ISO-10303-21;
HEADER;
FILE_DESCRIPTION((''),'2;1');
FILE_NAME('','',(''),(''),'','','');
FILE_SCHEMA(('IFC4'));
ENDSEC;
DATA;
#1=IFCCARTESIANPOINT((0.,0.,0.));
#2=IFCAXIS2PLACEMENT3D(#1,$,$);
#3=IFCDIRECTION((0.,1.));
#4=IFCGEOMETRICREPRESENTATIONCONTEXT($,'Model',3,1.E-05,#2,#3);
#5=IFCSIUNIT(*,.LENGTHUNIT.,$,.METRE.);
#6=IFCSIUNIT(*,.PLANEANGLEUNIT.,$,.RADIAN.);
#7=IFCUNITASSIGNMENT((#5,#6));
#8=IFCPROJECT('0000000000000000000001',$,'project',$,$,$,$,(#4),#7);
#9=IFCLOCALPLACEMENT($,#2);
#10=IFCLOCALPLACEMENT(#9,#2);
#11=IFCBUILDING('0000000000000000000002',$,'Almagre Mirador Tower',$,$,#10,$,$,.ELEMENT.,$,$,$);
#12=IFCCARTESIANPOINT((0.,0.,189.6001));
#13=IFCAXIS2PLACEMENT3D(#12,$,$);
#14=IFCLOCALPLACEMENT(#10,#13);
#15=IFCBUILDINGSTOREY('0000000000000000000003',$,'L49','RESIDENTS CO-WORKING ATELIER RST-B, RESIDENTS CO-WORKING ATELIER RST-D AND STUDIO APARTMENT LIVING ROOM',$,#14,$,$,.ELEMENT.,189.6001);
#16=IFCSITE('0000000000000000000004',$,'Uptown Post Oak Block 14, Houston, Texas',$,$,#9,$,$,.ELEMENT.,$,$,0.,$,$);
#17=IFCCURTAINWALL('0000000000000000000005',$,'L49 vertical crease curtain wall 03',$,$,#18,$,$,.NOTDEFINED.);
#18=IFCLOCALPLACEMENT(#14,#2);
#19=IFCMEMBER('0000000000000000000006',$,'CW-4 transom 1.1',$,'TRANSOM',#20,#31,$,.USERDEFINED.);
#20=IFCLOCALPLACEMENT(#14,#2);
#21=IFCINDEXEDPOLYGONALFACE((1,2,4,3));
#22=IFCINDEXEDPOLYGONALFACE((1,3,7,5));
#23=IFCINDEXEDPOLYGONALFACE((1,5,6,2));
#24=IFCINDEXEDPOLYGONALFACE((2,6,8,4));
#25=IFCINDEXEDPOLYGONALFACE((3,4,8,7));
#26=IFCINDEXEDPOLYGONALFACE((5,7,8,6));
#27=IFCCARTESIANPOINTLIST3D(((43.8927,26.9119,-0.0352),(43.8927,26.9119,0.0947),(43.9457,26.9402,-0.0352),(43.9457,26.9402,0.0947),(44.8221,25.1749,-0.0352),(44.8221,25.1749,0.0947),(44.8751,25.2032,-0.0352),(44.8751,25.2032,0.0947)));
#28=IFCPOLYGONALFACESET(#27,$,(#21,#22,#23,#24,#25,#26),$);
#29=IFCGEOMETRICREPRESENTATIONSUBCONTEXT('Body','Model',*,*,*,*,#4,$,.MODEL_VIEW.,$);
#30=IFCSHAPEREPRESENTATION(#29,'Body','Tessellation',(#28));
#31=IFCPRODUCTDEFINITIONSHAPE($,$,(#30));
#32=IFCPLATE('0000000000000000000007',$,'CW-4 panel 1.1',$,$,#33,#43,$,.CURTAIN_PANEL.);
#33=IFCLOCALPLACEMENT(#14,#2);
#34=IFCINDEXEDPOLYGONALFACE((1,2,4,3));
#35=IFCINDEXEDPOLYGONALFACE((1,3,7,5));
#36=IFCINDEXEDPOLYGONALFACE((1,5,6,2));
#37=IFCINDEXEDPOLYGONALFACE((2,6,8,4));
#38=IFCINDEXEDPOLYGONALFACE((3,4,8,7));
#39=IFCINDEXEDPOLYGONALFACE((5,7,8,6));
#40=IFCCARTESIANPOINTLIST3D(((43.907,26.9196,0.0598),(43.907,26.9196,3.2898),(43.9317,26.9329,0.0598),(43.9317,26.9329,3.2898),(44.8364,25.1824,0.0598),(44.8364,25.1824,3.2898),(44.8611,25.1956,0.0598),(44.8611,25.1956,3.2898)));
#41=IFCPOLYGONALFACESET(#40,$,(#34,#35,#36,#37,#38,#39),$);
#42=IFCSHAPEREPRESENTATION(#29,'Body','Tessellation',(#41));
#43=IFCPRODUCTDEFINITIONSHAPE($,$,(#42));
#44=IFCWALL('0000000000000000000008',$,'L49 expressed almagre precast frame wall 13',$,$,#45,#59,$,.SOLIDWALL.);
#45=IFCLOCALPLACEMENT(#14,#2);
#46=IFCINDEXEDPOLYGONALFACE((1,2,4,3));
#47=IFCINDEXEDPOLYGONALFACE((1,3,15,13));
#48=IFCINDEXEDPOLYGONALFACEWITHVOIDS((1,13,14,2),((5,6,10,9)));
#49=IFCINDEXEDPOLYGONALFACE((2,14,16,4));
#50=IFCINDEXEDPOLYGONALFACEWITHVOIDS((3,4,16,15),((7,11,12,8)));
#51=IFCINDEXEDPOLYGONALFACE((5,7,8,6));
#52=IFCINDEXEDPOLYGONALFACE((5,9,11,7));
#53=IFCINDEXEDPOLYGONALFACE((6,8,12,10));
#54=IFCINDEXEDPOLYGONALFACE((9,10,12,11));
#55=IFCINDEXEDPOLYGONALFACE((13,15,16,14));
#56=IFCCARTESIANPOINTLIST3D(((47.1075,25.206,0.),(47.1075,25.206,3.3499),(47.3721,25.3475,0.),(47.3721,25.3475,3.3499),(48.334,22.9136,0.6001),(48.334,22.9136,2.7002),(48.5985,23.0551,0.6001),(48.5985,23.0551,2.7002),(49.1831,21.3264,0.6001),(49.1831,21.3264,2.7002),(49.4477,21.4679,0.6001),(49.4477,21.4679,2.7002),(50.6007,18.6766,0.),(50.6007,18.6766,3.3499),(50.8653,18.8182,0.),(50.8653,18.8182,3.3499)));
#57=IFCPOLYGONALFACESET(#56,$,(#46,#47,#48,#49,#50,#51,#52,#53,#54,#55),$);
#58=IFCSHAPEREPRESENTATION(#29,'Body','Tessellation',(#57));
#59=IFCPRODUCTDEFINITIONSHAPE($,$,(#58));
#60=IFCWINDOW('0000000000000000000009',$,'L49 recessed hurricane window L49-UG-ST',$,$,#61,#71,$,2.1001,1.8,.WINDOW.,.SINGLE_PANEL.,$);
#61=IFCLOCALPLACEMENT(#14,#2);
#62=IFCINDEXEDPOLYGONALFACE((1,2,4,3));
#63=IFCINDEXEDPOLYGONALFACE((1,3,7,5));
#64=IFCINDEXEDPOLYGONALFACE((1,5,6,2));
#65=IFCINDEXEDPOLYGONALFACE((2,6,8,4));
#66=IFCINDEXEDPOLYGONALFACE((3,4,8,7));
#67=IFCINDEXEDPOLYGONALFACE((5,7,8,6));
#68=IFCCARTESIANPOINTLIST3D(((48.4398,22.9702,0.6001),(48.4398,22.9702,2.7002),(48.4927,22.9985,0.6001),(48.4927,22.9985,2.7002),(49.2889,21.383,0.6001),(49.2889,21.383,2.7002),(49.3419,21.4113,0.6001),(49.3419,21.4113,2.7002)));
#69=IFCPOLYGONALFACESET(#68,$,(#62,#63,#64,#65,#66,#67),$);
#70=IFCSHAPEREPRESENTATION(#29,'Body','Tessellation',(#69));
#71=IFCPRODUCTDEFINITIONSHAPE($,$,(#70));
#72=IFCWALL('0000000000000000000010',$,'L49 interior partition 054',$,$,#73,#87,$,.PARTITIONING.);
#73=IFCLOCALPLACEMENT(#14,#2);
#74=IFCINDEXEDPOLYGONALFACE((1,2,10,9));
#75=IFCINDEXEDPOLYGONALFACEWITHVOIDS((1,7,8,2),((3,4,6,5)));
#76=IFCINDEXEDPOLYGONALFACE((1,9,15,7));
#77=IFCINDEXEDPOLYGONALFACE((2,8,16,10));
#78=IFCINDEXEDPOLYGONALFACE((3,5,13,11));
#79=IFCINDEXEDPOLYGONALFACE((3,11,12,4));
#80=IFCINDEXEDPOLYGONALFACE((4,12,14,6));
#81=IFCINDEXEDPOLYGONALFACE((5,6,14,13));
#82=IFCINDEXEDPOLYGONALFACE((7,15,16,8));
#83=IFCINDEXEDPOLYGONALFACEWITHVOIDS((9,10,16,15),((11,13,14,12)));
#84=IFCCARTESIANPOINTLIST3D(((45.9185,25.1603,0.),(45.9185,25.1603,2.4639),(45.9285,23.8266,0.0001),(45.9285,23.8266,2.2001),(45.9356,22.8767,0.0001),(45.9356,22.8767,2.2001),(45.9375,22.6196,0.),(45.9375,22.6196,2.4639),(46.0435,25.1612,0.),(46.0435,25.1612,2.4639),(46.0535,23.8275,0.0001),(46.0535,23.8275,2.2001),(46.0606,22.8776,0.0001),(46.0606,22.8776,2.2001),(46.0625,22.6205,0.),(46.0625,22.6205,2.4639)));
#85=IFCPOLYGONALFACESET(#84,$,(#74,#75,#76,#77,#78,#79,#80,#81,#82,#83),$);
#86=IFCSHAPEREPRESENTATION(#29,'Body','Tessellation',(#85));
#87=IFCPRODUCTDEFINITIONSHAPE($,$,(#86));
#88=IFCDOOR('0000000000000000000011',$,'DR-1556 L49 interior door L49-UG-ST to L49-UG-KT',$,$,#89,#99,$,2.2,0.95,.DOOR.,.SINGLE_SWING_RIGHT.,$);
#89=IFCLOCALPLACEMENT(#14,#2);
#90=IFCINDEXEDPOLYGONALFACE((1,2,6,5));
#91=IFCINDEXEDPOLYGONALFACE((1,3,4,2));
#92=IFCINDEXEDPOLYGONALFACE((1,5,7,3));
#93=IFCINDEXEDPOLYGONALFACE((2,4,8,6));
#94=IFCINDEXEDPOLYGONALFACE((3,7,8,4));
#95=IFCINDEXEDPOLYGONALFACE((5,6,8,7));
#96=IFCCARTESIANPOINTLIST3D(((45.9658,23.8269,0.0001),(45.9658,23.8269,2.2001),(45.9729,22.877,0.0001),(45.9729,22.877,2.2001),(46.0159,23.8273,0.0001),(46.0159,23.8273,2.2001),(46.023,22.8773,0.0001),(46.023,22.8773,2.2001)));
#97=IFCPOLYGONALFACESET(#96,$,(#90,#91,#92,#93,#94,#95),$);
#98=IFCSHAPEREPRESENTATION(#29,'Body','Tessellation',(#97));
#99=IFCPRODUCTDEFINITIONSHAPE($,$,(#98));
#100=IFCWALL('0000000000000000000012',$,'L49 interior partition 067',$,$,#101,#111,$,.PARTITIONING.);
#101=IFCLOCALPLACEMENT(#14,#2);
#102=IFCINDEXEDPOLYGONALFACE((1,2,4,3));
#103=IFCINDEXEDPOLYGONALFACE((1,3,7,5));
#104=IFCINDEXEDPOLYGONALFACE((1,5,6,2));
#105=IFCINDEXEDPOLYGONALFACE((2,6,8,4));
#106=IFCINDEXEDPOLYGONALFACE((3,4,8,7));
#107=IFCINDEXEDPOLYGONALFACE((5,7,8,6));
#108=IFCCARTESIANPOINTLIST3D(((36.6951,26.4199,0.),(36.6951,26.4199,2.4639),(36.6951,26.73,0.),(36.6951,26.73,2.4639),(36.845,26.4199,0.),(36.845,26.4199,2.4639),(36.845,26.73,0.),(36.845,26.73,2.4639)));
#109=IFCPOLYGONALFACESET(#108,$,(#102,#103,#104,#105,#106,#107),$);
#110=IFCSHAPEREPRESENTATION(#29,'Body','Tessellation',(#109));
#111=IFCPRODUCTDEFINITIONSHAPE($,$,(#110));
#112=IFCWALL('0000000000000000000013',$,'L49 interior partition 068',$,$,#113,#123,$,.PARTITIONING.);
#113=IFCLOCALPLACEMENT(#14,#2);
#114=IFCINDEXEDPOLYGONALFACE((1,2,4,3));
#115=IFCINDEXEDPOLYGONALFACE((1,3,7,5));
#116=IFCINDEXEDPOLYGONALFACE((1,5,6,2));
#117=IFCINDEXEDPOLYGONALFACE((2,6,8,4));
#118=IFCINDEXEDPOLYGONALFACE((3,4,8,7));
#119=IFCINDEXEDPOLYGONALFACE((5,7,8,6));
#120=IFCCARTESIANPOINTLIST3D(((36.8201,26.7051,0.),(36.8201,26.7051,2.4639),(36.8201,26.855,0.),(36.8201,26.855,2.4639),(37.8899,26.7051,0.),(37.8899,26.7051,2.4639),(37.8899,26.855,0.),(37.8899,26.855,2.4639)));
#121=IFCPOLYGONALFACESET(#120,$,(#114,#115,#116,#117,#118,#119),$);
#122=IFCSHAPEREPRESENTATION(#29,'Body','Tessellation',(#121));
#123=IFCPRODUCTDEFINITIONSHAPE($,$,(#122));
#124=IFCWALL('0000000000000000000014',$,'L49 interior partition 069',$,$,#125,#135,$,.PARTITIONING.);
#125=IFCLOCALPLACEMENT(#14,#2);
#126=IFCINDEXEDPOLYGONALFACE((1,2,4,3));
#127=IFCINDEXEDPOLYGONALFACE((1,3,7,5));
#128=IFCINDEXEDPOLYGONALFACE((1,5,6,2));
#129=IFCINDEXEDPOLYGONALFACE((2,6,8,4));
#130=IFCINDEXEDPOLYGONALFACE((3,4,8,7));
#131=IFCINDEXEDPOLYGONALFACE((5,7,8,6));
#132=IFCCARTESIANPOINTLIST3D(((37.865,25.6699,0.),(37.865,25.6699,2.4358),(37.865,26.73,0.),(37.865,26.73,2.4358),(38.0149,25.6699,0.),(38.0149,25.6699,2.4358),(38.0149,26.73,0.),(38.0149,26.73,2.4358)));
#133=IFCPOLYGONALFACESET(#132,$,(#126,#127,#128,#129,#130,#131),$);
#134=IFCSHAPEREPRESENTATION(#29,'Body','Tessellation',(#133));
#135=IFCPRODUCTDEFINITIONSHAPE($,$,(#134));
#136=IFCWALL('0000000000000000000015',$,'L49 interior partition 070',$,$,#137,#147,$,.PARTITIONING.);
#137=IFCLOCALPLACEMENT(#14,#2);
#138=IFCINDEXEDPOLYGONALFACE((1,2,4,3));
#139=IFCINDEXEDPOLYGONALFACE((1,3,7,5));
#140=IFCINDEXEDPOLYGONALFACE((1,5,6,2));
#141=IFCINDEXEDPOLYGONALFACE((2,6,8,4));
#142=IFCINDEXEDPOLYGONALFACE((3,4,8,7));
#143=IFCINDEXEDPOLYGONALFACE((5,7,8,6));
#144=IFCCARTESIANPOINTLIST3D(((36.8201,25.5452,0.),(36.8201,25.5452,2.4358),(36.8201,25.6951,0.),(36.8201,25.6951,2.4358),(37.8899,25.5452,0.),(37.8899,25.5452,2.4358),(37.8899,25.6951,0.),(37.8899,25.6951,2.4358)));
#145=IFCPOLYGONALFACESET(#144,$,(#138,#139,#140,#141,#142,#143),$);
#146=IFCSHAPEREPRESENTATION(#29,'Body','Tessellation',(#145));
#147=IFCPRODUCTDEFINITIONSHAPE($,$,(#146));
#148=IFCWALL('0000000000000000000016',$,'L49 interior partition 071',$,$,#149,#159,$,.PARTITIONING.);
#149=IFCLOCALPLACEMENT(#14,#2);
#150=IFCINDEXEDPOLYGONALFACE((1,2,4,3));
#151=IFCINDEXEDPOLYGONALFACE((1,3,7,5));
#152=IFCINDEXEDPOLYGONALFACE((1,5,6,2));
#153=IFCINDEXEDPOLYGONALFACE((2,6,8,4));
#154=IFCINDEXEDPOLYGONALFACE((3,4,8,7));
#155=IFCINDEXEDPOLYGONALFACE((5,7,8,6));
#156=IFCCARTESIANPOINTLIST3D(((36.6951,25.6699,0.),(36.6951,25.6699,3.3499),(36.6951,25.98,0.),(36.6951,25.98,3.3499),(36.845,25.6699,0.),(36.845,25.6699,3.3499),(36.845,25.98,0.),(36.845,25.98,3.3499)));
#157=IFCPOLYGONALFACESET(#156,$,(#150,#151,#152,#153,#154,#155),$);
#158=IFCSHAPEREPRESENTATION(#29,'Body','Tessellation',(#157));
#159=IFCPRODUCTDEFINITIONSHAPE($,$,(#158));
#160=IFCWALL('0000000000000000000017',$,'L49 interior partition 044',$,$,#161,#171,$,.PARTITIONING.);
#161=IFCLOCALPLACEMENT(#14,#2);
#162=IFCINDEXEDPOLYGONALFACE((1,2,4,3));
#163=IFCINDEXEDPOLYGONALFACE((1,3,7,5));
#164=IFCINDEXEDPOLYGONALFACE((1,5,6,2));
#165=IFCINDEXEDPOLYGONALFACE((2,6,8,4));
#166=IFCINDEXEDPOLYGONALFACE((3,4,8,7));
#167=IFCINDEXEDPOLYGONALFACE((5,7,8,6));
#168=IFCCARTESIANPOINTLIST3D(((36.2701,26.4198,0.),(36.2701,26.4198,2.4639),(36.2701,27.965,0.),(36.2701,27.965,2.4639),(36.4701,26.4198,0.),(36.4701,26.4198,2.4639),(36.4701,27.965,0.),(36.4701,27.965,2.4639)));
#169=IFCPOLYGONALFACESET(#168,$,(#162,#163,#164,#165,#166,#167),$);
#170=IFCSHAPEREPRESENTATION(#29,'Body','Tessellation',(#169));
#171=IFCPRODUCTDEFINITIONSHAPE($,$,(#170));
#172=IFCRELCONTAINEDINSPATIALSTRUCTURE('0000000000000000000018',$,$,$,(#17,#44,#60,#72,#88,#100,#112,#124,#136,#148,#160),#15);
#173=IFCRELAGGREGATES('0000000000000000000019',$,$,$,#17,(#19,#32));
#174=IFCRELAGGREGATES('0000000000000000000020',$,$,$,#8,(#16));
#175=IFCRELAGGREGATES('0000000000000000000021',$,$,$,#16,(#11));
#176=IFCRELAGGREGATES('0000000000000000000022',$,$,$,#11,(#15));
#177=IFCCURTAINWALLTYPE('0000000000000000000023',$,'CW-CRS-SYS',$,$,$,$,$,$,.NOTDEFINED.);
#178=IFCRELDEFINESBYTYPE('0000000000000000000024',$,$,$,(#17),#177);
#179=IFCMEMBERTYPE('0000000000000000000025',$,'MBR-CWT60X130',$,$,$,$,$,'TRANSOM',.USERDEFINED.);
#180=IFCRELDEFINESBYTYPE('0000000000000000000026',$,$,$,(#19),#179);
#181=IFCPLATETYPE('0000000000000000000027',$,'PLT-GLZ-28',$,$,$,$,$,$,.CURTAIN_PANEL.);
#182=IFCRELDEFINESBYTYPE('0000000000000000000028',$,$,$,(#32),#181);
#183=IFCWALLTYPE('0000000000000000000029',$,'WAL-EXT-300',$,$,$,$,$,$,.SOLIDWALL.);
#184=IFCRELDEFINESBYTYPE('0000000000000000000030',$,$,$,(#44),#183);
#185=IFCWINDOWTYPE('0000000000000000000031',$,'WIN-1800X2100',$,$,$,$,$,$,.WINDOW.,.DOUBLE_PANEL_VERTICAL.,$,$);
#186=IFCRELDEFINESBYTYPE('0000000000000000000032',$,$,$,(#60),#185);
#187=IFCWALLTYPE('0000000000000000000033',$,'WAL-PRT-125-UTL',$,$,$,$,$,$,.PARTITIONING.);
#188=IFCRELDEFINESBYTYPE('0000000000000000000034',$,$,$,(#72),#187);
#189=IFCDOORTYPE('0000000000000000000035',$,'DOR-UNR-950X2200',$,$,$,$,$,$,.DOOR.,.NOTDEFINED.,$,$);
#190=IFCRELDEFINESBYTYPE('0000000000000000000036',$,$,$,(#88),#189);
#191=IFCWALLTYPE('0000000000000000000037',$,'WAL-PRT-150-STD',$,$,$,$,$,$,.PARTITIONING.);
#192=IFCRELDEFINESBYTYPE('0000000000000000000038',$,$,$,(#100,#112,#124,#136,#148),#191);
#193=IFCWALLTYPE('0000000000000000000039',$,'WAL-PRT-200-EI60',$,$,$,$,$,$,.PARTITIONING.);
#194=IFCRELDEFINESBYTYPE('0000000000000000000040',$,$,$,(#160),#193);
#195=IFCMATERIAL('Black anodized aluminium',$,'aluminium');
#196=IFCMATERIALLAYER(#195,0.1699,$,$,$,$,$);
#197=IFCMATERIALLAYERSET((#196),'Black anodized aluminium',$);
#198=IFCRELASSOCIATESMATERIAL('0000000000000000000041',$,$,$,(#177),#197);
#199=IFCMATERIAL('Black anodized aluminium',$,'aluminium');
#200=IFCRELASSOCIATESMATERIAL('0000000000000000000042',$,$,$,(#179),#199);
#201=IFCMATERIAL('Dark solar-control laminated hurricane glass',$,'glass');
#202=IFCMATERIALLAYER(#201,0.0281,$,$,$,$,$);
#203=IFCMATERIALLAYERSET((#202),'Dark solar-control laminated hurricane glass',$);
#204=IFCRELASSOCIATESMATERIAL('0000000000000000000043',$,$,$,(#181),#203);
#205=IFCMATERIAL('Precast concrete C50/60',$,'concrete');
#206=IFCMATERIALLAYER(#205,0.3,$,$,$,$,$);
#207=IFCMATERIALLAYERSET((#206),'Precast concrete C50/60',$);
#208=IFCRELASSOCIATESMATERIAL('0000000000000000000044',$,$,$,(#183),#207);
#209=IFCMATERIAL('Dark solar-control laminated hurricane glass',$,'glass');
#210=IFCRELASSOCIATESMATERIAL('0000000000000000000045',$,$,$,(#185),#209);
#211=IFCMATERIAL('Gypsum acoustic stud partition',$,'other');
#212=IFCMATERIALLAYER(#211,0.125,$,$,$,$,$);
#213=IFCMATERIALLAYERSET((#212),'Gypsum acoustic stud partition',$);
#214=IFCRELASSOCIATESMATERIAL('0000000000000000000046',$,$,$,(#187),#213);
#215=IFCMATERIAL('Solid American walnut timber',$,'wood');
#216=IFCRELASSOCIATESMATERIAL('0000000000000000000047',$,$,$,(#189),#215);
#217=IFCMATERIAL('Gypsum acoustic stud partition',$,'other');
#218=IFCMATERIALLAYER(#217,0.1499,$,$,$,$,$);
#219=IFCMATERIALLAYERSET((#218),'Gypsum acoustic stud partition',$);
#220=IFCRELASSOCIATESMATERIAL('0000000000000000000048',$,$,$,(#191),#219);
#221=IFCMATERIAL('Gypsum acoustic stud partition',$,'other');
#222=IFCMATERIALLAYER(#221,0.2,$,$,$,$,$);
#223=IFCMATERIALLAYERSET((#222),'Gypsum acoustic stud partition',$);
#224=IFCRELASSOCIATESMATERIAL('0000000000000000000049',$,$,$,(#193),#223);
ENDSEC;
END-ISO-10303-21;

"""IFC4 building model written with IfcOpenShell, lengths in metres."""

from ifc_helpers import new_model, si_unit, direction, frame, frame_2d, origin, origin_2d, place, context, subcontext, project, spatial, rectangle, extrude, material, layer, layer_set, material_profile, profile_set, type_object, element, fill, aggregate, save


model = new_model("IFC4")

# Units and contexts
model_context = context("Model", 3, precision=1e-05, world=origin(), true_north=direction((0.0, 1.0)))
body_context = subcontext(model_context, "Body", "Model", "MODEL_VIEW")
ifc_project = project(units=[si_unit("LENGTHUNIT", "METRE"), si_unit("PLANEANGLEUNIT", "RADIAN")], contexts=[model_context])

# Site, building, storey
site_placement = place(None, origin())
site = spatial("IfcSite", under=ifc_project, at=site_placement, Name="Uptown Post Oak Block 14, Houston, Texas", CompositionType="ELEMENT", RefElevation=0.0)
building_placement = place(site_placement, origin())
building = spatial("IfcBuilding", under=site, at=building_placement, Name="Almagre Mirador Tower", CompositionType="ELEMENT")
storey_placement = place(building_placement, frame((0.0, 0.0, 189.6001)))
storey = spatial("IfcBuildingStorey", under=building, at=storey_placement, Name="L49", Description="RESIDENTS CO-WORKING ATELIER RST-B, RESIDENTS CO-WORKING ATELIER RST-D AND STUDIO APARTMENT LIVING ROOM", CompositionType="ELEMENT", Elevation=189.6001)

# Curtain wall, member, plate
ifc_material_1 = material(Name="Black anodized aluminium", Category="aluminium")
ifc_layer_1 = layer(ifc_material_1, 0.1699)
ifc_layer_set_1 = layer_set([ifc_layer_1], Name="Black anodized aluminium")
curtain_wall_type = type_object("IfcCurtainWallType", Name="CW-CRS-SYS", PredefinedType="NOTDEFINED", material=ifc_layer_set_1)
curtain_wall_placement = place(storey_placement, origin())
curtain_wall = element("IfcCurtainWall", 1, at=curtain_wall_placement, inside=storey, type_object=curtain_wall_type, Name="L49 vertical crease curtain wall 03", PredefinedType="NOTDEFINED")
ifc_material_2 = material(Name="Black anodized aluminium", Category="aluminium")
ifc_material_profile_1 = material_profile(ifc_material_2, rectangle(XDim=0.0601, YDim=0.1299, at=origin_2d()), Name="CWT60X130")
ifc_profile_set_1 = profile_set([ifc_material_profile_1], Name="Black anodized aluminium")
member_type_1 = type_object("IfcMemberType", Name="MBR-CWT60X130", ElementType="TRANSOM", PredefinedType="USERDEFINED", material=ifc_profile_set_1)
member_1_placement = place(storey_placement, frame((43.9192, 26.926, 0.0298), z_axis=(0.471778, -0.881718, 0.0), x_axis=(0.881718, 0.471778, 0.0)))
member_1 = element("IfcMember", 2, at=member_1_placement, type_object=member_type_1, Name="CW-4 transom 1.1", ObjectType="TRANSOM", PredefinedType="USERDEFINED", context=body_context, shape_type="SweptSolid", body=[
    extrude(rectangle(XDim=0.0601, YDim=0.1299, at=origin_2d()), origin(), (0.0, 0.0, 1.0), 1.97),
])
ifc_material_3 = material(Name="Dark solar-control laminated hurricane glass", Category="glass")
ifc_layer_2 = layer(ifc_material_3, 0.0281)
ifc_layer_set_2 = layer_set([ifc_layer_2], Name="Dark solar-control laminated hurricane glass")
plate_type = type_object("IfcPlateType", Name="PLT-GLZ-28", PredefinedType="CURTAIN_PANEL", material=ifc_layer_set_2)
plate_placement = place(storey_placement, frame((44.384, 26.0576, 0.0598), z_axis=(0.0, 0.0, 1.0), x_axis=(0.47173, -0.881743, 0.0)))
plate = element("IfcPlate", 3, at=plate_placement, type_object=plate_type, Name="CW-4 panel 1.1", PredefinedType="CURTAIN_PANEL", context=body_context, shape_type="SweptSolid", body=[
    extrude(rectangle(XDim=1.9702, YDim=0.0281, at=origin_2d()), origin(), (0.0, 0.0, 1.0), 3.23),
])
aggregate(curtain_wall, [member_1, plate])

# Wall, opening, window
ifc_material_4 = material(Name="Precast concrete C50/60", Category="concrete")
ifc_layer_3 = layer(ifc_material_4, 0.3)
ifc_layer_set_3 = layer_set([ifc_layer_3], Name="Precast concrete C50/60")
wall_type_1 = type_object("IfcWallType", Name="WAL-EXT-300", PredefinedType="SOLIDWALL", material=ifc_layer_set_3)
wall_1_placement = place(storey_placement, frame((47.2397, 25.2769, 0.0), z_axis=(0.0, 0.0, 1.0), x_axis=(0.471731, -0.881743, 0.0)))
wall_1 = element("IfcWall", 4, at=wall_1_placement, inside=storey, type_object=wall_type_1, Name="L49 expressed almagre precast frame wall 13", PredefinedType="SOLIDWALL", context=body_context, shape_type="SweptSolid", body=[
    extrude(rectangle(XDim=7.405, YDim=0.3, at=frame_2d((3.7026, 0.0))), origin(), (0.0, 0.0, 1.0), 3.3499),
])
opening_1_placement = place(wall_1_placement, frame((2.6001, 0.0, 0.6001)))
opening_1 = element("IfcOpeningElement", 5, at=opening_1_placement, cuts=wall_1, PredefinedType="OPENING", context=body_context, shape_type="SweptSolid", body=[
    extrude(rectangle(XDim=1.8, YDim=2.1001, at=frame_2d((0.8999, 1.05))), frame((0.0, 0.1599, 0.0), z_axis=(0.0, -1.0, 0.0), x_axis=(1.0, 0.0, 0.0)), (0.0, 0.0, 1.0), 0.32),
])
ifc_material_5 = material(Name="Dark solar-control laminated hurricane glass", Category="glass")
window_type = type_object("IfcWindowType", Name="WIN-1800X2100", PartitioningType="DOUBLE_PANEL_VERTICAL", PredefinedType="WINDOW", material=ifc_material_5)
window_placement = place(opening_1_placement, origin())
window = element("IfcWindow", 6, at=window_placement, inside=storey, type_object=window_type, Name="L49 recessed hurricane window L49-UG-ST", OverallHeight=2.1001, OverallWidth=1.8, PartitioningType="SINGLE_PANEL", PredefinedType="WINDOW", context=body_context, shape_type="SweptSolid", body=[
    extrude(rectangle(XDim=1.8, YDim=2.1001, at=frame_2d((0.8999, 1.05))), frame((0.0, 0.03, 0.0), z_axis=(0.0, -1.0, 0.0), x_axis=(1.0, 0.0, 0.0)), (0.0, 0.0, 1.0), 0.0601),
])
fill(opening_1, window)

# Wall, opening, door
ifc_material_6 = material(Name="Gypsum acoustic stud partition", Category="other")
ifc_layer_4 = layer(ifc_material_6, 0.125)
ifc_layer_set_4 = layer_set([ifc_layer_4], Name="Gypsum acoustic stud partition")
wall_type_2 = type_object("IfcWallType", Name="WAL-PRT-125-UTL", PredefinedType="PARTITIONING", material=ifc_layer_set_4)
wall_2_placement = place(storey_placement, frame((45.981, 25.1609, 0.0), z_axis=(0.0, 0.0, 1.0), x_axis=(0.007495, -0.999972, 0.0)))
wall_2 = element("IfcWall", 7, at=wall_2_placement, inside=storey, type_object=wall_type_2, Name="L49 interior partition 054", PredefinedType="PARTITIONING", context=body_context, shape_type="SweptSolid", body=[
    extrude(rectangle(XDim=2.5408, YDim=0.125, at=frame_2d((1.2705, 0.0))), origin(), (0.0, 0.0, 1.0), 2.4639),
])
opening_2_placement = place(wall_2_placement, frame((1.3337, 0.0, 0.0)))
opening_2 = element("IfcOpeningElement", 8, at=opening_2_placement, cuts=wall_2, PredefinedType="OPENING", context=body_context, shape_type="SweptSolid", body=[
    extrude(rectangle(XDim=0.95, YDim=2.2, at=frame_2d((0.4751, 1.1001))), frame((0.0, 0.0725, 0.0), z_axis=(0.0, -1.0, 0.0), x_axis=(1.0, 0.0, 0.0)), (0.0, 0.0, 1.0), 0.145),
])
ifc_material_7 = material(Name="Solid American walnut timber", Category="wood")
door_type = type_object("IfcDoorType", Name="DOR-UNR-950X2200", OperationType="NOTDEFINED", PredefinedType="DOOR", material=ifc_material_7)
door_placement = place(opening_2_placement, origin())
door = element("IfcDoor", 9, at=door_placement, inside=storey, type_object=door_type, Name="DR-1556 L49 interior door L49-UG-ST to L49-UG-KT", OperationType="SINGLE_SWING_RIGHT", OverallHeight=2.2, OverallWidth=0.95, PredefinedType="DOOR", context=body_context, shape_type="SweptSolid", body=[
    extrude(rectangle(XDim=0.95, YDim=2.2, at=frame_2d((0.4751, 1.1001))), frame((0.0, 0.0249, 0.0), z_axis=(0.0, -1.0, 0.0), x_axis=(1.0, 0.0, 0.0)), (0.0, 0.0, 1.0), 0.05),
])
fill(opening_2, door)

# Walls
ifc_material_8 = material(Name="Gypsum acoustic stud partition", Category="other")
ifc_layer_5 = layer(ifc_material_8, 0.1499)
ifc_layer_set_5 = layer_set([ifc_layer_5], Name="Gypsum acoustic stud partition")
wall_type_3 = type_object("IfcWallType", Name="WAL-PRT-150-STD", PredefinedType="PARTITIONING", material=ifc_layer_set_5)
wall_3_placement = place(storey_placement, frame((36.77, 26.4199, 0.0), z_axis=(0.0, 0.0, 1.0), x_axis=(0.0, 1.0, 0.0)))
element("IfcWall", 10, at=wall_3_placement, inside=storey, type_object=wall_type_3, Name="L49 interior partition 067", PredefinedType="PARTITIONING", context=body_context, shape_type="SweptSolid", body=[
    extrude(rectangle(XDim=0.3101, YDim=0.1499, at=frame_2d((0.155, 0.0))), origin(), (0.0, 0.0, 1.0), 2.4639),
])
wall_4_placement = place(storey_placement, frame((36.8201, 26.78, 0.0), z_axis=(0.0, 0.0, 1.0), x_axis=(1.0, 0.0, 0.0)))
element("IfcWall", 11, at=wall_4_placement, inside=storey, type_object=wall_type_3, Name="L49 interior partition 068", PredefinedType="PARTITIONING", context=body_context, shape_type="SweptSolid", body=[
    extrude(rectangle(XDim=1.0698, YDim=0.1499, at=frame_2d((0.5349, 0.0))), origin(), (0.0, 0.0, 1.0), 2.4639),
])
wall_5_placement = place(storey_placement, frame((37.9399, 26.73, 0.0), z_axis=(0.0, 0.0, 1.0), x_axis=(0.0, -1.0, 0.0)))
element("IfcWall", 12, at=wall_5_placement, inside=storey, type_object=wall_type_3, Name="L49 interior partition 069", PredefinedType="PARTITIONING", context=body_context, shape_type="SweptSolid", body=[
    extrude(rectangle(XDim=1.0601, YDim=0.1499, at=frame_2d((0.53, 0.0))), origin(), (0.0, 0.0, 1.0), 2.4358),
])
wall_6_placement = place(storey_placement, frame((37.8899, 25.6201, 0.0), z_axis=(0.0, 0.0, 1.0), x_axis=(-1.0, 0.0, 0.0)))
element("IfcWall", 13, at=wall_6_placement, inside=storey, type_object=wall_type_3, Name="L49 interior partition 070", PredefinedType="PARTITIONING", context=body_context, shape_type="SweptSolid", body=[
    extrude(rectangle(XDim=1.0698, YDim=0.1499, at=frame_2d((0.5349, 0.0))), origin(), (0.0, 0.0, 1.0), 2.4358),
])
wall_7_placement = place(storey_placement, frame((36.77, 25.6699, 0.0), z_axis=(0.0, 0.0, 1.0), x_axis=(0.0, 1.0, 0.0)))
element("IfcWall", 14, at=wall_7_placement, inside=storey, type_object=wall_type_3, Name="L49 interior partition 071", PredefinedType="PARTITIONING", context=body_context, shape_type="SweptSolid", body=[
    extrude(rectangle(XDim=0.3101, YDim=0.1499, at=frame_2d((0.155, 0.0))), origin(), (0.0, 0.0, 1.0), 3.3499),
])
ifc_material_9 = material(Name="Gypsum acoustic stud partition", Category="other")
ifc_layer_6 = layer(ifc_material_9, 0.2)
ifc_layer_set_6 = layer_set([ifc_layer_6], Name="Gypsum acoustic stud partition")
wall_type_4 = type_object("IfcWallType", Name="WAL-PRT-200-EI60", PredefinedType="PARTITIONING", material=ifc_layer_set_6)
wall_8_placement = place(storey_placement, frame((36.3701, 26.4199, 0.0), z_axis=(0.0, 0.0, 1.0), x_axis=(0.0, 1.0, 0.0)))
element("IfcWall", 15, at=wall_8_placement, inside=storey, type_object=wall_type_4, Name="L49 interior partition 044", PredefinedType="PARTITIONING", context=body_context, shape_type="SweptSolid", body=[
    extrude(rectangle(XDim=1.5452, YDim=0.2, at=frame_2d((0.7725, 0.0))), origin(), (0.0, 0.0, 1.0), 2.4639),
])

save(model, "model.ifc")
